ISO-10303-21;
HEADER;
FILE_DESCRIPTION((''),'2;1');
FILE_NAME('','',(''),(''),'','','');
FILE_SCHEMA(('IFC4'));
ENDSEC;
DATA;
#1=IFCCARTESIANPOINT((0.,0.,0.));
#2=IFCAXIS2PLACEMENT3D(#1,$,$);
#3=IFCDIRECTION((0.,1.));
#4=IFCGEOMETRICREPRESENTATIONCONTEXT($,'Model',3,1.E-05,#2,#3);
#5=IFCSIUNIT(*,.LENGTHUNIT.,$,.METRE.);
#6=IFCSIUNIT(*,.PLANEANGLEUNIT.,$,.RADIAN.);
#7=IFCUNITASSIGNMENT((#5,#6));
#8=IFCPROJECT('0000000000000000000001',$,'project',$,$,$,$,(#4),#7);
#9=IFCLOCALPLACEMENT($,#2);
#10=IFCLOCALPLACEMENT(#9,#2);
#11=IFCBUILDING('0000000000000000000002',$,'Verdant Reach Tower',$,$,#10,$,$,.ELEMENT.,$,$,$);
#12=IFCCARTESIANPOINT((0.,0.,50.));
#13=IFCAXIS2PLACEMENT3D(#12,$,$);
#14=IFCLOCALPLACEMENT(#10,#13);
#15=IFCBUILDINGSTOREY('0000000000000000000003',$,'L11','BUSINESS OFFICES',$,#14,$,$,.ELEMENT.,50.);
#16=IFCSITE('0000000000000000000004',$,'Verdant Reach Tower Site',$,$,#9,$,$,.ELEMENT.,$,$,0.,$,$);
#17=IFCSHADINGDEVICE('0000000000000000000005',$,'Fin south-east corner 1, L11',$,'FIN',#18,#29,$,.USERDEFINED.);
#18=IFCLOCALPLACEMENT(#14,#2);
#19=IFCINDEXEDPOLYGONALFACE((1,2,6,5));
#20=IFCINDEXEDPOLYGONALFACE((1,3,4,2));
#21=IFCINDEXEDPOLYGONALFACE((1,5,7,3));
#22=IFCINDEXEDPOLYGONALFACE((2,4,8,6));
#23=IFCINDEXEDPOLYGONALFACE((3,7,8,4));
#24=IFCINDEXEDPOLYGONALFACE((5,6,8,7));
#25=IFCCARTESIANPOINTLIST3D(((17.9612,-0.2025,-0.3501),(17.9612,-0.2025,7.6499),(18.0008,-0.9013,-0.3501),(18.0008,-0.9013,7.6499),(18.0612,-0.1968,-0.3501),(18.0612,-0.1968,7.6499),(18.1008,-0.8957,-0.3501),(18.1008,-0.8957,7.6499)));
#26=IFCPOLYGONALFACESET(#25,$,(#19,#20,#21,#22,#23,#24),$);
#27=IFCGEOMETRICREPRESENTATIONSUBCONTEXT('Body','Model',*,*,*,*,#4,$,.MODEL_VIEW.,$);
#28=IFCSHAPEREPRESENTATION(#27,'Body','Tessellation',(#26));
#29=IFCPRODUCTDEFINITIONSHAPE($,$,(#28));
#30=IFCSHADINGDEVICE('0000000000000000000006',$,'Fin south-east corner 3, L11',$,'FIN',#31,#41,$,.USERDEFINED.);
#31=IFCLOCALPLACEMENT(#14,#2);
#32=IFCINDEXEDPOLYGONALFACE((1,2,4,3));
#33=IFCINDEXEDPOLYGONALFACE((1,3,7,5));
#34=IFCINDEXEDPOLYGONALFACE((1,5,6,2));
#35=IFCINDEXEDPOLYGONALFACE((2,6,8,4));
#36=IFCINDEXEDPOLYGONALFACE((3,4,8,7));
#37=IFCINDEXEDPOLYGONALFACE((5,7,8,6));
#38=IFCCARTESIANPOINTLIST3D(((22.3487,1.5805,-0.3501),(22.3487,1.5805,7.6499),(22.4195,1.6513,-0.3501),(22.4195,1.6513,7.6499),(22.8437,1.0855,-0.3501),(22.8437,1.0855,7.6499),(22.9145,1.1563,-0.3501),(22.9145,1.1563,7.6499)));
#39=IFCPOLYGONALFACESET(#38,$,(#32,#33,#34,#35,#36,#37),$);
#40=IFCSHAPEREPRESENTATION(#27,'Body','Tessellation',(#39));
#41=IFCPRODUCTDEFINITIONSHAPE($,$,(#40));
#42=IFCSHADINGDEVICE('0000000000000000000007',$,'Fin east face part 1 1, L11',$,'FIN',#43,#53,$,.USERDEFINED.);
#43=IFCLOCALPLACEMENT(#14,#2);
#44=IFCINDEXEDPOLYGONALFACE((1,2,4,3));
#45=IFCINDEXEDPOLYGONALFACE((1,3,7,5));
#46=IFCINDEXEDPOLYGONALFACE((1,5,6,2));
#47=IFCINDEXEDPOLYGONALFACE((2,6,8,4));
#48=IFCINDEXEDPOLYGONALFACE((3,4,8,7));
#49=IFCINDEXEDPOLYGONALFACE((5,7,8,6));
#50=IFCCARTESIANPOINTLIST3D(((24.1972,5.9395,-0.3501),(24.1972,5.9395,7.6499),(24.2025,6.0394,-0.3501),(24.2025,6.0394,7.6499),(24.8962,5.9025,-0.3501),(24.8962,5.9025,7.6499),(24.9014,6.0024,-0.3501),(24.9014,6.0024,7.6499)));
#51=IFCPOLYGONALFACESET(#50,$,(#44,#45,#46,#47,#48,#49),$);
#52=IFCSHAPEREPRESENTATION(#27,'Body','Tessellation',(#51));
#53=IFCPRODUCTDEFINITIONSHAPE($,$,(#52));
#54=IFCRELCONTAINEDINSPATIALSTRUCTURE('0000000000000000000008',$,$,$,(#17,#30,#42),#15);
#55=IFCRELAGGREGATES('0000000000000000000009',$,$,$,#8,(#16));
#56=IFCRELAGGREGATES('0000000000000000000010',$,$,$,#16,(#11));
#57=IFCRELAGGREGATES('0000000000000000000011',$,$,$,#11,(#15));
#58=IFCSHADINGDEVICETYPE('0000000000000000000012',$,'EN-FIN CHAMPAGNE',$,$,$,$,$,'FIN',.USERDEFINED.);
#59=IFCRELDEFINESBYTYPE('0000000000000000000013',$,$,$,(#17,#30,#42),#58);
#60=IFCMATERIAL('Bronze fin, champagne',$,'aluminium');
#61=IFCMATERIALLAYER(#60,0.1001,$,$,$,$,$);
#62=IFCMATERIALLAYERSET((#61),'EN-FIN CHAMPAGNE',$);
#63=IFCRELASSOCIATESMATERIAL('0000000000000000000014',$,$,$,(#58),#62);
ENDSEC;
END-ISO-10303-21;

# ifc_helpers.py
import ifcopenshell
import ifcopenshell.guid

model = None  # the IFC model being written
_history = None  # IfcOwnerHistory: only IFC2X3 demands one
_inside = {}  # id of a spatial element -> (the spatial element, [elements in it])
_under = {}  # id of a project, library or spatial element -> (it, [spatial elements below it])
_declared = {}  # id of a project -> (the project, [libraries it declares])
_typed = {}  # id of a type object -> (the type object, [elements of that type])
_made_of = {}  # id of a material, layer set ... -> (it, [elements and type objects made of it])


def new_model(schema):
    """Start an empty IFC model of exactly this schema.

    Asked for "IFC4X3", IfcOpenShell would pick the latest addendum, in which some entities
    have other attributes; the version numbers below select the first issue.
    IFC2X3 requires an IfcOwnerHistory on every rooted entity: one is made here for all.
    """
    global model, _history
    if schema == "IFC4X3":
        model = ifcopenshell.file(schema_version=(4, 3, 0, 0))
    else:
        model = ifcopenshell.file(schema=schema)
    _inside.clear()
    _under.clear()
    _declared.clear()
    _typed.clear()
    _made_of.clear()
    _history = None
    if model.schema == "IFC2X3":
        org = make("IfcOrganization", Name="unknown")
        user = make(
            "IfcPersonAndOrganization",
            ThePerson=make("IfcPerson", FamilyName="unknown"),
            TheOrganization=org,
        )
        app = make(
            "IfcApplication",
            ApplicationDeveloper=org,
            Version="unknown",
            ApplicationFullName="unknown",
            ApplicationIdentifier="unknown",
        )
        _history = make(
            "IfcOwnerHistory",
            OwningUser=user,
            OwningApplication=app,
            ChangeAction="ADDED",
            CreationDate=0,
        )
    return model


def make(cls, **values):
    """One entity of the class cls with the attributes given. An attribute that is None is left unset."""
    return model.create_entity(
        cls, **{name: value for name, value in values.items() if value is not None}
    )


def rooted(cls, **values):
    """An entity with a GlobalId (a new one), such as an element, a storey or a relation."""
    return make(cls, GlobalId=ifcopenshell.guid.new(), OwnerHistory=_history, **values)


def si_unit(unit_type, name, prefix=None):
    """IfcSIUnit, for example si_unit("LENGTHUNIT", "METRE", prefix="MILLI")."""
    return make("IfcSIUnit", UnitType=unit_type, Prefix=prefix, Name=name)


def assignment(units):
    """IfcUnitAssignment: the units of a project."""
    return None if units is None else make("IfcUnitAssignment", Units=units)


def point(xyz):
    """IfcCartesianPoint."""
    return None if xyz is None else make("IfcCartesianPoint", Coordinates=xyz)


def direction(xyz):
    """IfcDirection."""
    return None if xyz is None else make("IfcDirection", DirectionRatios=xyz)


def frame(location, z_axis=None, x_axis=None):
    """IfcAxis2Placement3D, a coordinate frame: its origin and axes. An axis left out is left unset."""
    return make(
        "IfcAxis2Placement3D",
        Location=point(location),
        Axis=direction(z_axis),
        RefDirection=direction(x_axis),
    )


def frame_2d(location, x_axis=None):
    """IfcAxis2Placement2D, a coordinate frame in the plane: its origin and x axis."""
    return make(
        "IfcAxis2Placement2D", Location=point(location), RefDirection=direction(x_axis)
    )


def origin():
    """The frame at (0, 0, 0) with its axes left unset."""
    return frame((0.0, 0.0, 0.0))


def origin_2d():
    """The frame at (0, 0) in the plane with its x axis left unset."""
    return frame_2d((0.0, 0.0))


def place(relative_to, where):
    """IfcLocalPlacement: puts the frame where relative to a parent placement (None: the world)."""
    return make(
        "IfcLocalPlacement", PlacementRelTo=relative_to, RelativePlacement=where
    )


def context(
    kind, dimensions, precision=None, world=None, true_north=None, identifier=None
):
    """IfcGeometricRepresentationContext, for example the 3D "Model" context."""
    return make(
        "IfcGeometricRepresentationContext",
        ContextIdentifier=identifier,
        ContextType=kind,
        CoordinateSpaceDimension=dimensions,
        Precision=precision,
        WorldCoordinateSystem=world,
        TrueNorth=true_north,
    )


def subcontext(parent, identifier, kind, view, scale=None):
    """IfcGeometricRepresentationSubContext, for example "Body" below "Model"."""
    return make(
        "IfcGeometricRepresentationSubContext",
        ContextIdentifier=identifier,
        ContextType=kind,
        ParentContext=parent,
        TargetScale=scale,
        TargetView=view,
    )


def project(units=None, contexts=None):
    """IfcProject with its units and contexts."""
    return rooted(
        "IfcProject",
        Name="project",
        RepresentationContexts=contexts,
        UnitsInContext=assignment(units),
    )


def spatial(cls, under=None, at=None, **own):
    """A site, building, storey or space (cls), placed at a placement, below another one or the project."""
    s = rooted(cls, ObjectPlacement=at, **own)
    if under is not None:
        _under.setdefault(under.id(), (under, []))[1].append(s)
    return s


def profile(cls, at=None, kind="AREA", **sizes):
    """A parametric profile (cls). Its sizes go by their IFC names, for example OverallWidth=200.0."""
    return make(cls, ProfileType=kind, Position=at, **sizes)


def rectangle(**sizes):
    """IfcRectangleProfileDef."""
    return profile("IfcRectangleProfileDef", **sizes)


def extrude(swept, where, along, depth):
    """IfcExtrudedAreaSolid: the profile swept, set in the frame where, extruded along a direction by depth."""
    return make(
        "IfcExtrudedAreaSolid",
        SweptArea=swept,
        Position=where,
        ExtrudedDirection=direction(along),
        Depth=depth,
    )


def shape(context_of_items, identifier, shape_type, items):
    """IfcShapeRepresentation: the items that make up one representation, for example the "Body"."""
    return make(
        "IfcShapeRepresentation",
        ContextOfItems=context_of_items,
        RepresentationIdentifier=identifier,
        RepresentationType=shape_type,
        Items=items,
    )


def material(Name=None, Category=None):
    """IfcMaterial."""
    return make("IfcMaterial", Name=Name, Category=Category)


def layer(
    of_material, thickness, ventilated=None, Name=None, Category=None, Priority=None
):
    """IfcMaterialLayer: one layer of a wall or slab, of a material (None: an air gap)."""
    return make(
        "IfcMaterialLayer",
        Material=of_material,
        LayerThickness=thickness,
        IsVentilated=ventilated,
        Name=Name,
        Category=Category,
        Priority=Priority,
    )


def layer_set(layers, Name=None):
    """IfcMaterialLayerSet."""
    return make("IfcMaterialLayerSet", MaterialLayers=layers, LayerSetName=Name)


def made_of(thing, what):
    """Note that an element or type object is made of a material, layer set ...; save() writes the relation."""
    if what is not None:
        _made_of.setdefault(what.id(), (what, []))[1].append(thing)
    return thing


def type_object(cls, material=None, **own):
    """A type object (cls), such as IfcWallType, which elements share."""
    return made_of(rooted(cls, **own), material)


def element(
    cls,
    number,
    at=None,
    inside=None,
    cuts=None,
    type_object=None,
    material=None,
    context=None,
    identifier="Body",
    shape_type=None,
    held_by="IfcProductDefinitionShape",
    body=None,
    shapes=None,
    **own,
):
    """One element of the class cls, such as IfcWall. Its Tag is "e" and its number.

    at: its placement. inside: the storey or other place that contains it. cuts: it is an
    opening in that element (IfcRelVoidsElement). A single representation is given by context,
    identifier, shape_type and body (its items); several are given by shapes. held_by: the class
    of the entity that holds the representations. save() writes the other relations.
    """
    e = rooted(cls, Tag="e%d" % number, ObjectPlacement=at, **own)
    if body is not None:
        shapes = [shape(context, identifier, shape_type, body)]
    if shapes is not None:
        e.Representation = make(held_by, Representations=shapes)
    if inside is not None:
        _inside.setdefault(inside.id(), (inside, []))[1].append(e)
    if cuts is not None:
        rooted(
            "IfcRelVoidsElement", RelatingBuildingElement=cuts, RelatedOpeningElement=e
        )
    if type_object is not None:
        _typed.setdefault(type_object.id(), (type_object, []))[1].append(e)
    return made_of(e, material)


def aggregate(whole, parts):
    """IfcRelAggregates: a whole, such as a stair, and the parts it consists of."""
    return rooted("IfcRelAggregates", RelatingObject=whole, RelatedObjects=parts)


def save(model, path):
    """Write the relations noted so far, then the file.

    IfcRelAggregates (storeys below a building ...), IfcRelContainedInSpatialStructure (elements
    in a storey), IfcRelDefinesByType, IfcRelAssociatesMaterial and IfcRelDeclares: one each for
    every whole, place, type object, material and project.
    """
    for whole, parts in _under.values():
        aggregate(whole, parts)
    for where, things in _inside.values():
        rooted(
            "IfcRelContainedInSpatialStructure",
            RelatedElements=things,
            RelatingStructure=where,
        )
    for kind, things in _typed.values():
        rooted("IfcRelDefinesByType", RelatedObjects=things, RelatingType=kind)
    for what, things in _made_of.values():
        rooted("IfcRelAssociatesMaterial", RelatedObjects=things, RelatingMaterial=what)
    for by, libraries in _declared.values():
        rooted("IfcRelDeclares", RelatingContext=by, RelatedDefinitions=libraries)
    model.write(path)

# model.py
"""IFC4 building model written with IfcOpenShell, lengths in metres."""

from ifc_helpers import new_model, si_unit, direction, frame, origin, origin_2d, place, context, subcontext, project, spatial, rectangle, extrude, material, layer, layer_set, type_object, element, save


model = new_model("IFC4")

# Units and contexts
model_context = context("Model", 3, precision=1e-05, world=origin(), true_north=direction((0.0, 1.0)))
body_context = subcontext(model_context, "Body", "Model", "MODEL_VIEW")
ifc_project = project(units=[si_unit("LENGTHUNIT", "METRE"), si_unit("PLANEANGLEUNIT", "RADIAN")], contexts=[model_context])

# Site, building, storey
site_placement = place(None, origin())
site = spatial("IfcSite", under=ifc_project, at=site_placement, Name="Verdant Reach Tower Site", CompositionType="ELEMENT", RefElevation=0.0)
building_placement = place(site_placement, origin())
building = spatial("IfcBuilding", under=site, at=building_placement, Name="Verdant Reach Tower", CompositionType="ELEMENT")
storey_placement = place(building_placement, frame((0.0, 0.0, 50.0)))
storey = spatial("IfcBuildingStorey", under=building, at=storey_placement, Name="L11", Description="BUSINESS OFFICES", CompositionType="ELEMENT", Elevation=50.0)

# Shading devices
ifc_material_1 = material(Name="Bronze fin, champagne", Category="aluminium")
ifc_layer_1 = layer(ifc_material_1, 0.1001)
ifc_layer_set_1 = layer_set([ifc_layer_1], Name="EN-FIN CHAMPAGNE")
shading_device_type = type_object("IfcShadingDeviceType", Name="EN-FIN CHAMPAGNE", ElementType="FIN", PredefinedType="USERDEFINED", material=ifc_layer_set_1)
for number, where, z_axis, x_axis, name in (
    (1, (18.031, -0.5491, -0.3501), (0.0, 0.0, 1.0), (0.998399, 0.056569, 0.0), "Fin south-east corner 1, L11"),
    (2, (22.6316, 1.3684, -0.3501), (0.0, 0.0, 1.0), (0.707107, 0.707107, 0.0), "Fin south-east corner 3, L11"),
    (3, (24.5493, 5.9709, -0.3501), (0.0, 0.0, 1.0), (0.052815, 0.998604, 0.0), "Fin east face part 1 1, L11"),
):
    element("IfcShadingDevice", number, at=place(storey_placement, frame(where, z_axis=z_axis, x_axis=x_axis)), inside=storey, type_object=shading_device_type, Name=name, ObjectType="FIN", PredefinedType="USERDEFINED", context=body_context, shape_type="SweptSolid", body=[
        extrude(rectangle(XDim=0.1001, YDim=0.7, at=origin_2d()), origin(), (0.0, 0.0, 1.0), 8.0),
    ])

save(model, "model.ifc")
